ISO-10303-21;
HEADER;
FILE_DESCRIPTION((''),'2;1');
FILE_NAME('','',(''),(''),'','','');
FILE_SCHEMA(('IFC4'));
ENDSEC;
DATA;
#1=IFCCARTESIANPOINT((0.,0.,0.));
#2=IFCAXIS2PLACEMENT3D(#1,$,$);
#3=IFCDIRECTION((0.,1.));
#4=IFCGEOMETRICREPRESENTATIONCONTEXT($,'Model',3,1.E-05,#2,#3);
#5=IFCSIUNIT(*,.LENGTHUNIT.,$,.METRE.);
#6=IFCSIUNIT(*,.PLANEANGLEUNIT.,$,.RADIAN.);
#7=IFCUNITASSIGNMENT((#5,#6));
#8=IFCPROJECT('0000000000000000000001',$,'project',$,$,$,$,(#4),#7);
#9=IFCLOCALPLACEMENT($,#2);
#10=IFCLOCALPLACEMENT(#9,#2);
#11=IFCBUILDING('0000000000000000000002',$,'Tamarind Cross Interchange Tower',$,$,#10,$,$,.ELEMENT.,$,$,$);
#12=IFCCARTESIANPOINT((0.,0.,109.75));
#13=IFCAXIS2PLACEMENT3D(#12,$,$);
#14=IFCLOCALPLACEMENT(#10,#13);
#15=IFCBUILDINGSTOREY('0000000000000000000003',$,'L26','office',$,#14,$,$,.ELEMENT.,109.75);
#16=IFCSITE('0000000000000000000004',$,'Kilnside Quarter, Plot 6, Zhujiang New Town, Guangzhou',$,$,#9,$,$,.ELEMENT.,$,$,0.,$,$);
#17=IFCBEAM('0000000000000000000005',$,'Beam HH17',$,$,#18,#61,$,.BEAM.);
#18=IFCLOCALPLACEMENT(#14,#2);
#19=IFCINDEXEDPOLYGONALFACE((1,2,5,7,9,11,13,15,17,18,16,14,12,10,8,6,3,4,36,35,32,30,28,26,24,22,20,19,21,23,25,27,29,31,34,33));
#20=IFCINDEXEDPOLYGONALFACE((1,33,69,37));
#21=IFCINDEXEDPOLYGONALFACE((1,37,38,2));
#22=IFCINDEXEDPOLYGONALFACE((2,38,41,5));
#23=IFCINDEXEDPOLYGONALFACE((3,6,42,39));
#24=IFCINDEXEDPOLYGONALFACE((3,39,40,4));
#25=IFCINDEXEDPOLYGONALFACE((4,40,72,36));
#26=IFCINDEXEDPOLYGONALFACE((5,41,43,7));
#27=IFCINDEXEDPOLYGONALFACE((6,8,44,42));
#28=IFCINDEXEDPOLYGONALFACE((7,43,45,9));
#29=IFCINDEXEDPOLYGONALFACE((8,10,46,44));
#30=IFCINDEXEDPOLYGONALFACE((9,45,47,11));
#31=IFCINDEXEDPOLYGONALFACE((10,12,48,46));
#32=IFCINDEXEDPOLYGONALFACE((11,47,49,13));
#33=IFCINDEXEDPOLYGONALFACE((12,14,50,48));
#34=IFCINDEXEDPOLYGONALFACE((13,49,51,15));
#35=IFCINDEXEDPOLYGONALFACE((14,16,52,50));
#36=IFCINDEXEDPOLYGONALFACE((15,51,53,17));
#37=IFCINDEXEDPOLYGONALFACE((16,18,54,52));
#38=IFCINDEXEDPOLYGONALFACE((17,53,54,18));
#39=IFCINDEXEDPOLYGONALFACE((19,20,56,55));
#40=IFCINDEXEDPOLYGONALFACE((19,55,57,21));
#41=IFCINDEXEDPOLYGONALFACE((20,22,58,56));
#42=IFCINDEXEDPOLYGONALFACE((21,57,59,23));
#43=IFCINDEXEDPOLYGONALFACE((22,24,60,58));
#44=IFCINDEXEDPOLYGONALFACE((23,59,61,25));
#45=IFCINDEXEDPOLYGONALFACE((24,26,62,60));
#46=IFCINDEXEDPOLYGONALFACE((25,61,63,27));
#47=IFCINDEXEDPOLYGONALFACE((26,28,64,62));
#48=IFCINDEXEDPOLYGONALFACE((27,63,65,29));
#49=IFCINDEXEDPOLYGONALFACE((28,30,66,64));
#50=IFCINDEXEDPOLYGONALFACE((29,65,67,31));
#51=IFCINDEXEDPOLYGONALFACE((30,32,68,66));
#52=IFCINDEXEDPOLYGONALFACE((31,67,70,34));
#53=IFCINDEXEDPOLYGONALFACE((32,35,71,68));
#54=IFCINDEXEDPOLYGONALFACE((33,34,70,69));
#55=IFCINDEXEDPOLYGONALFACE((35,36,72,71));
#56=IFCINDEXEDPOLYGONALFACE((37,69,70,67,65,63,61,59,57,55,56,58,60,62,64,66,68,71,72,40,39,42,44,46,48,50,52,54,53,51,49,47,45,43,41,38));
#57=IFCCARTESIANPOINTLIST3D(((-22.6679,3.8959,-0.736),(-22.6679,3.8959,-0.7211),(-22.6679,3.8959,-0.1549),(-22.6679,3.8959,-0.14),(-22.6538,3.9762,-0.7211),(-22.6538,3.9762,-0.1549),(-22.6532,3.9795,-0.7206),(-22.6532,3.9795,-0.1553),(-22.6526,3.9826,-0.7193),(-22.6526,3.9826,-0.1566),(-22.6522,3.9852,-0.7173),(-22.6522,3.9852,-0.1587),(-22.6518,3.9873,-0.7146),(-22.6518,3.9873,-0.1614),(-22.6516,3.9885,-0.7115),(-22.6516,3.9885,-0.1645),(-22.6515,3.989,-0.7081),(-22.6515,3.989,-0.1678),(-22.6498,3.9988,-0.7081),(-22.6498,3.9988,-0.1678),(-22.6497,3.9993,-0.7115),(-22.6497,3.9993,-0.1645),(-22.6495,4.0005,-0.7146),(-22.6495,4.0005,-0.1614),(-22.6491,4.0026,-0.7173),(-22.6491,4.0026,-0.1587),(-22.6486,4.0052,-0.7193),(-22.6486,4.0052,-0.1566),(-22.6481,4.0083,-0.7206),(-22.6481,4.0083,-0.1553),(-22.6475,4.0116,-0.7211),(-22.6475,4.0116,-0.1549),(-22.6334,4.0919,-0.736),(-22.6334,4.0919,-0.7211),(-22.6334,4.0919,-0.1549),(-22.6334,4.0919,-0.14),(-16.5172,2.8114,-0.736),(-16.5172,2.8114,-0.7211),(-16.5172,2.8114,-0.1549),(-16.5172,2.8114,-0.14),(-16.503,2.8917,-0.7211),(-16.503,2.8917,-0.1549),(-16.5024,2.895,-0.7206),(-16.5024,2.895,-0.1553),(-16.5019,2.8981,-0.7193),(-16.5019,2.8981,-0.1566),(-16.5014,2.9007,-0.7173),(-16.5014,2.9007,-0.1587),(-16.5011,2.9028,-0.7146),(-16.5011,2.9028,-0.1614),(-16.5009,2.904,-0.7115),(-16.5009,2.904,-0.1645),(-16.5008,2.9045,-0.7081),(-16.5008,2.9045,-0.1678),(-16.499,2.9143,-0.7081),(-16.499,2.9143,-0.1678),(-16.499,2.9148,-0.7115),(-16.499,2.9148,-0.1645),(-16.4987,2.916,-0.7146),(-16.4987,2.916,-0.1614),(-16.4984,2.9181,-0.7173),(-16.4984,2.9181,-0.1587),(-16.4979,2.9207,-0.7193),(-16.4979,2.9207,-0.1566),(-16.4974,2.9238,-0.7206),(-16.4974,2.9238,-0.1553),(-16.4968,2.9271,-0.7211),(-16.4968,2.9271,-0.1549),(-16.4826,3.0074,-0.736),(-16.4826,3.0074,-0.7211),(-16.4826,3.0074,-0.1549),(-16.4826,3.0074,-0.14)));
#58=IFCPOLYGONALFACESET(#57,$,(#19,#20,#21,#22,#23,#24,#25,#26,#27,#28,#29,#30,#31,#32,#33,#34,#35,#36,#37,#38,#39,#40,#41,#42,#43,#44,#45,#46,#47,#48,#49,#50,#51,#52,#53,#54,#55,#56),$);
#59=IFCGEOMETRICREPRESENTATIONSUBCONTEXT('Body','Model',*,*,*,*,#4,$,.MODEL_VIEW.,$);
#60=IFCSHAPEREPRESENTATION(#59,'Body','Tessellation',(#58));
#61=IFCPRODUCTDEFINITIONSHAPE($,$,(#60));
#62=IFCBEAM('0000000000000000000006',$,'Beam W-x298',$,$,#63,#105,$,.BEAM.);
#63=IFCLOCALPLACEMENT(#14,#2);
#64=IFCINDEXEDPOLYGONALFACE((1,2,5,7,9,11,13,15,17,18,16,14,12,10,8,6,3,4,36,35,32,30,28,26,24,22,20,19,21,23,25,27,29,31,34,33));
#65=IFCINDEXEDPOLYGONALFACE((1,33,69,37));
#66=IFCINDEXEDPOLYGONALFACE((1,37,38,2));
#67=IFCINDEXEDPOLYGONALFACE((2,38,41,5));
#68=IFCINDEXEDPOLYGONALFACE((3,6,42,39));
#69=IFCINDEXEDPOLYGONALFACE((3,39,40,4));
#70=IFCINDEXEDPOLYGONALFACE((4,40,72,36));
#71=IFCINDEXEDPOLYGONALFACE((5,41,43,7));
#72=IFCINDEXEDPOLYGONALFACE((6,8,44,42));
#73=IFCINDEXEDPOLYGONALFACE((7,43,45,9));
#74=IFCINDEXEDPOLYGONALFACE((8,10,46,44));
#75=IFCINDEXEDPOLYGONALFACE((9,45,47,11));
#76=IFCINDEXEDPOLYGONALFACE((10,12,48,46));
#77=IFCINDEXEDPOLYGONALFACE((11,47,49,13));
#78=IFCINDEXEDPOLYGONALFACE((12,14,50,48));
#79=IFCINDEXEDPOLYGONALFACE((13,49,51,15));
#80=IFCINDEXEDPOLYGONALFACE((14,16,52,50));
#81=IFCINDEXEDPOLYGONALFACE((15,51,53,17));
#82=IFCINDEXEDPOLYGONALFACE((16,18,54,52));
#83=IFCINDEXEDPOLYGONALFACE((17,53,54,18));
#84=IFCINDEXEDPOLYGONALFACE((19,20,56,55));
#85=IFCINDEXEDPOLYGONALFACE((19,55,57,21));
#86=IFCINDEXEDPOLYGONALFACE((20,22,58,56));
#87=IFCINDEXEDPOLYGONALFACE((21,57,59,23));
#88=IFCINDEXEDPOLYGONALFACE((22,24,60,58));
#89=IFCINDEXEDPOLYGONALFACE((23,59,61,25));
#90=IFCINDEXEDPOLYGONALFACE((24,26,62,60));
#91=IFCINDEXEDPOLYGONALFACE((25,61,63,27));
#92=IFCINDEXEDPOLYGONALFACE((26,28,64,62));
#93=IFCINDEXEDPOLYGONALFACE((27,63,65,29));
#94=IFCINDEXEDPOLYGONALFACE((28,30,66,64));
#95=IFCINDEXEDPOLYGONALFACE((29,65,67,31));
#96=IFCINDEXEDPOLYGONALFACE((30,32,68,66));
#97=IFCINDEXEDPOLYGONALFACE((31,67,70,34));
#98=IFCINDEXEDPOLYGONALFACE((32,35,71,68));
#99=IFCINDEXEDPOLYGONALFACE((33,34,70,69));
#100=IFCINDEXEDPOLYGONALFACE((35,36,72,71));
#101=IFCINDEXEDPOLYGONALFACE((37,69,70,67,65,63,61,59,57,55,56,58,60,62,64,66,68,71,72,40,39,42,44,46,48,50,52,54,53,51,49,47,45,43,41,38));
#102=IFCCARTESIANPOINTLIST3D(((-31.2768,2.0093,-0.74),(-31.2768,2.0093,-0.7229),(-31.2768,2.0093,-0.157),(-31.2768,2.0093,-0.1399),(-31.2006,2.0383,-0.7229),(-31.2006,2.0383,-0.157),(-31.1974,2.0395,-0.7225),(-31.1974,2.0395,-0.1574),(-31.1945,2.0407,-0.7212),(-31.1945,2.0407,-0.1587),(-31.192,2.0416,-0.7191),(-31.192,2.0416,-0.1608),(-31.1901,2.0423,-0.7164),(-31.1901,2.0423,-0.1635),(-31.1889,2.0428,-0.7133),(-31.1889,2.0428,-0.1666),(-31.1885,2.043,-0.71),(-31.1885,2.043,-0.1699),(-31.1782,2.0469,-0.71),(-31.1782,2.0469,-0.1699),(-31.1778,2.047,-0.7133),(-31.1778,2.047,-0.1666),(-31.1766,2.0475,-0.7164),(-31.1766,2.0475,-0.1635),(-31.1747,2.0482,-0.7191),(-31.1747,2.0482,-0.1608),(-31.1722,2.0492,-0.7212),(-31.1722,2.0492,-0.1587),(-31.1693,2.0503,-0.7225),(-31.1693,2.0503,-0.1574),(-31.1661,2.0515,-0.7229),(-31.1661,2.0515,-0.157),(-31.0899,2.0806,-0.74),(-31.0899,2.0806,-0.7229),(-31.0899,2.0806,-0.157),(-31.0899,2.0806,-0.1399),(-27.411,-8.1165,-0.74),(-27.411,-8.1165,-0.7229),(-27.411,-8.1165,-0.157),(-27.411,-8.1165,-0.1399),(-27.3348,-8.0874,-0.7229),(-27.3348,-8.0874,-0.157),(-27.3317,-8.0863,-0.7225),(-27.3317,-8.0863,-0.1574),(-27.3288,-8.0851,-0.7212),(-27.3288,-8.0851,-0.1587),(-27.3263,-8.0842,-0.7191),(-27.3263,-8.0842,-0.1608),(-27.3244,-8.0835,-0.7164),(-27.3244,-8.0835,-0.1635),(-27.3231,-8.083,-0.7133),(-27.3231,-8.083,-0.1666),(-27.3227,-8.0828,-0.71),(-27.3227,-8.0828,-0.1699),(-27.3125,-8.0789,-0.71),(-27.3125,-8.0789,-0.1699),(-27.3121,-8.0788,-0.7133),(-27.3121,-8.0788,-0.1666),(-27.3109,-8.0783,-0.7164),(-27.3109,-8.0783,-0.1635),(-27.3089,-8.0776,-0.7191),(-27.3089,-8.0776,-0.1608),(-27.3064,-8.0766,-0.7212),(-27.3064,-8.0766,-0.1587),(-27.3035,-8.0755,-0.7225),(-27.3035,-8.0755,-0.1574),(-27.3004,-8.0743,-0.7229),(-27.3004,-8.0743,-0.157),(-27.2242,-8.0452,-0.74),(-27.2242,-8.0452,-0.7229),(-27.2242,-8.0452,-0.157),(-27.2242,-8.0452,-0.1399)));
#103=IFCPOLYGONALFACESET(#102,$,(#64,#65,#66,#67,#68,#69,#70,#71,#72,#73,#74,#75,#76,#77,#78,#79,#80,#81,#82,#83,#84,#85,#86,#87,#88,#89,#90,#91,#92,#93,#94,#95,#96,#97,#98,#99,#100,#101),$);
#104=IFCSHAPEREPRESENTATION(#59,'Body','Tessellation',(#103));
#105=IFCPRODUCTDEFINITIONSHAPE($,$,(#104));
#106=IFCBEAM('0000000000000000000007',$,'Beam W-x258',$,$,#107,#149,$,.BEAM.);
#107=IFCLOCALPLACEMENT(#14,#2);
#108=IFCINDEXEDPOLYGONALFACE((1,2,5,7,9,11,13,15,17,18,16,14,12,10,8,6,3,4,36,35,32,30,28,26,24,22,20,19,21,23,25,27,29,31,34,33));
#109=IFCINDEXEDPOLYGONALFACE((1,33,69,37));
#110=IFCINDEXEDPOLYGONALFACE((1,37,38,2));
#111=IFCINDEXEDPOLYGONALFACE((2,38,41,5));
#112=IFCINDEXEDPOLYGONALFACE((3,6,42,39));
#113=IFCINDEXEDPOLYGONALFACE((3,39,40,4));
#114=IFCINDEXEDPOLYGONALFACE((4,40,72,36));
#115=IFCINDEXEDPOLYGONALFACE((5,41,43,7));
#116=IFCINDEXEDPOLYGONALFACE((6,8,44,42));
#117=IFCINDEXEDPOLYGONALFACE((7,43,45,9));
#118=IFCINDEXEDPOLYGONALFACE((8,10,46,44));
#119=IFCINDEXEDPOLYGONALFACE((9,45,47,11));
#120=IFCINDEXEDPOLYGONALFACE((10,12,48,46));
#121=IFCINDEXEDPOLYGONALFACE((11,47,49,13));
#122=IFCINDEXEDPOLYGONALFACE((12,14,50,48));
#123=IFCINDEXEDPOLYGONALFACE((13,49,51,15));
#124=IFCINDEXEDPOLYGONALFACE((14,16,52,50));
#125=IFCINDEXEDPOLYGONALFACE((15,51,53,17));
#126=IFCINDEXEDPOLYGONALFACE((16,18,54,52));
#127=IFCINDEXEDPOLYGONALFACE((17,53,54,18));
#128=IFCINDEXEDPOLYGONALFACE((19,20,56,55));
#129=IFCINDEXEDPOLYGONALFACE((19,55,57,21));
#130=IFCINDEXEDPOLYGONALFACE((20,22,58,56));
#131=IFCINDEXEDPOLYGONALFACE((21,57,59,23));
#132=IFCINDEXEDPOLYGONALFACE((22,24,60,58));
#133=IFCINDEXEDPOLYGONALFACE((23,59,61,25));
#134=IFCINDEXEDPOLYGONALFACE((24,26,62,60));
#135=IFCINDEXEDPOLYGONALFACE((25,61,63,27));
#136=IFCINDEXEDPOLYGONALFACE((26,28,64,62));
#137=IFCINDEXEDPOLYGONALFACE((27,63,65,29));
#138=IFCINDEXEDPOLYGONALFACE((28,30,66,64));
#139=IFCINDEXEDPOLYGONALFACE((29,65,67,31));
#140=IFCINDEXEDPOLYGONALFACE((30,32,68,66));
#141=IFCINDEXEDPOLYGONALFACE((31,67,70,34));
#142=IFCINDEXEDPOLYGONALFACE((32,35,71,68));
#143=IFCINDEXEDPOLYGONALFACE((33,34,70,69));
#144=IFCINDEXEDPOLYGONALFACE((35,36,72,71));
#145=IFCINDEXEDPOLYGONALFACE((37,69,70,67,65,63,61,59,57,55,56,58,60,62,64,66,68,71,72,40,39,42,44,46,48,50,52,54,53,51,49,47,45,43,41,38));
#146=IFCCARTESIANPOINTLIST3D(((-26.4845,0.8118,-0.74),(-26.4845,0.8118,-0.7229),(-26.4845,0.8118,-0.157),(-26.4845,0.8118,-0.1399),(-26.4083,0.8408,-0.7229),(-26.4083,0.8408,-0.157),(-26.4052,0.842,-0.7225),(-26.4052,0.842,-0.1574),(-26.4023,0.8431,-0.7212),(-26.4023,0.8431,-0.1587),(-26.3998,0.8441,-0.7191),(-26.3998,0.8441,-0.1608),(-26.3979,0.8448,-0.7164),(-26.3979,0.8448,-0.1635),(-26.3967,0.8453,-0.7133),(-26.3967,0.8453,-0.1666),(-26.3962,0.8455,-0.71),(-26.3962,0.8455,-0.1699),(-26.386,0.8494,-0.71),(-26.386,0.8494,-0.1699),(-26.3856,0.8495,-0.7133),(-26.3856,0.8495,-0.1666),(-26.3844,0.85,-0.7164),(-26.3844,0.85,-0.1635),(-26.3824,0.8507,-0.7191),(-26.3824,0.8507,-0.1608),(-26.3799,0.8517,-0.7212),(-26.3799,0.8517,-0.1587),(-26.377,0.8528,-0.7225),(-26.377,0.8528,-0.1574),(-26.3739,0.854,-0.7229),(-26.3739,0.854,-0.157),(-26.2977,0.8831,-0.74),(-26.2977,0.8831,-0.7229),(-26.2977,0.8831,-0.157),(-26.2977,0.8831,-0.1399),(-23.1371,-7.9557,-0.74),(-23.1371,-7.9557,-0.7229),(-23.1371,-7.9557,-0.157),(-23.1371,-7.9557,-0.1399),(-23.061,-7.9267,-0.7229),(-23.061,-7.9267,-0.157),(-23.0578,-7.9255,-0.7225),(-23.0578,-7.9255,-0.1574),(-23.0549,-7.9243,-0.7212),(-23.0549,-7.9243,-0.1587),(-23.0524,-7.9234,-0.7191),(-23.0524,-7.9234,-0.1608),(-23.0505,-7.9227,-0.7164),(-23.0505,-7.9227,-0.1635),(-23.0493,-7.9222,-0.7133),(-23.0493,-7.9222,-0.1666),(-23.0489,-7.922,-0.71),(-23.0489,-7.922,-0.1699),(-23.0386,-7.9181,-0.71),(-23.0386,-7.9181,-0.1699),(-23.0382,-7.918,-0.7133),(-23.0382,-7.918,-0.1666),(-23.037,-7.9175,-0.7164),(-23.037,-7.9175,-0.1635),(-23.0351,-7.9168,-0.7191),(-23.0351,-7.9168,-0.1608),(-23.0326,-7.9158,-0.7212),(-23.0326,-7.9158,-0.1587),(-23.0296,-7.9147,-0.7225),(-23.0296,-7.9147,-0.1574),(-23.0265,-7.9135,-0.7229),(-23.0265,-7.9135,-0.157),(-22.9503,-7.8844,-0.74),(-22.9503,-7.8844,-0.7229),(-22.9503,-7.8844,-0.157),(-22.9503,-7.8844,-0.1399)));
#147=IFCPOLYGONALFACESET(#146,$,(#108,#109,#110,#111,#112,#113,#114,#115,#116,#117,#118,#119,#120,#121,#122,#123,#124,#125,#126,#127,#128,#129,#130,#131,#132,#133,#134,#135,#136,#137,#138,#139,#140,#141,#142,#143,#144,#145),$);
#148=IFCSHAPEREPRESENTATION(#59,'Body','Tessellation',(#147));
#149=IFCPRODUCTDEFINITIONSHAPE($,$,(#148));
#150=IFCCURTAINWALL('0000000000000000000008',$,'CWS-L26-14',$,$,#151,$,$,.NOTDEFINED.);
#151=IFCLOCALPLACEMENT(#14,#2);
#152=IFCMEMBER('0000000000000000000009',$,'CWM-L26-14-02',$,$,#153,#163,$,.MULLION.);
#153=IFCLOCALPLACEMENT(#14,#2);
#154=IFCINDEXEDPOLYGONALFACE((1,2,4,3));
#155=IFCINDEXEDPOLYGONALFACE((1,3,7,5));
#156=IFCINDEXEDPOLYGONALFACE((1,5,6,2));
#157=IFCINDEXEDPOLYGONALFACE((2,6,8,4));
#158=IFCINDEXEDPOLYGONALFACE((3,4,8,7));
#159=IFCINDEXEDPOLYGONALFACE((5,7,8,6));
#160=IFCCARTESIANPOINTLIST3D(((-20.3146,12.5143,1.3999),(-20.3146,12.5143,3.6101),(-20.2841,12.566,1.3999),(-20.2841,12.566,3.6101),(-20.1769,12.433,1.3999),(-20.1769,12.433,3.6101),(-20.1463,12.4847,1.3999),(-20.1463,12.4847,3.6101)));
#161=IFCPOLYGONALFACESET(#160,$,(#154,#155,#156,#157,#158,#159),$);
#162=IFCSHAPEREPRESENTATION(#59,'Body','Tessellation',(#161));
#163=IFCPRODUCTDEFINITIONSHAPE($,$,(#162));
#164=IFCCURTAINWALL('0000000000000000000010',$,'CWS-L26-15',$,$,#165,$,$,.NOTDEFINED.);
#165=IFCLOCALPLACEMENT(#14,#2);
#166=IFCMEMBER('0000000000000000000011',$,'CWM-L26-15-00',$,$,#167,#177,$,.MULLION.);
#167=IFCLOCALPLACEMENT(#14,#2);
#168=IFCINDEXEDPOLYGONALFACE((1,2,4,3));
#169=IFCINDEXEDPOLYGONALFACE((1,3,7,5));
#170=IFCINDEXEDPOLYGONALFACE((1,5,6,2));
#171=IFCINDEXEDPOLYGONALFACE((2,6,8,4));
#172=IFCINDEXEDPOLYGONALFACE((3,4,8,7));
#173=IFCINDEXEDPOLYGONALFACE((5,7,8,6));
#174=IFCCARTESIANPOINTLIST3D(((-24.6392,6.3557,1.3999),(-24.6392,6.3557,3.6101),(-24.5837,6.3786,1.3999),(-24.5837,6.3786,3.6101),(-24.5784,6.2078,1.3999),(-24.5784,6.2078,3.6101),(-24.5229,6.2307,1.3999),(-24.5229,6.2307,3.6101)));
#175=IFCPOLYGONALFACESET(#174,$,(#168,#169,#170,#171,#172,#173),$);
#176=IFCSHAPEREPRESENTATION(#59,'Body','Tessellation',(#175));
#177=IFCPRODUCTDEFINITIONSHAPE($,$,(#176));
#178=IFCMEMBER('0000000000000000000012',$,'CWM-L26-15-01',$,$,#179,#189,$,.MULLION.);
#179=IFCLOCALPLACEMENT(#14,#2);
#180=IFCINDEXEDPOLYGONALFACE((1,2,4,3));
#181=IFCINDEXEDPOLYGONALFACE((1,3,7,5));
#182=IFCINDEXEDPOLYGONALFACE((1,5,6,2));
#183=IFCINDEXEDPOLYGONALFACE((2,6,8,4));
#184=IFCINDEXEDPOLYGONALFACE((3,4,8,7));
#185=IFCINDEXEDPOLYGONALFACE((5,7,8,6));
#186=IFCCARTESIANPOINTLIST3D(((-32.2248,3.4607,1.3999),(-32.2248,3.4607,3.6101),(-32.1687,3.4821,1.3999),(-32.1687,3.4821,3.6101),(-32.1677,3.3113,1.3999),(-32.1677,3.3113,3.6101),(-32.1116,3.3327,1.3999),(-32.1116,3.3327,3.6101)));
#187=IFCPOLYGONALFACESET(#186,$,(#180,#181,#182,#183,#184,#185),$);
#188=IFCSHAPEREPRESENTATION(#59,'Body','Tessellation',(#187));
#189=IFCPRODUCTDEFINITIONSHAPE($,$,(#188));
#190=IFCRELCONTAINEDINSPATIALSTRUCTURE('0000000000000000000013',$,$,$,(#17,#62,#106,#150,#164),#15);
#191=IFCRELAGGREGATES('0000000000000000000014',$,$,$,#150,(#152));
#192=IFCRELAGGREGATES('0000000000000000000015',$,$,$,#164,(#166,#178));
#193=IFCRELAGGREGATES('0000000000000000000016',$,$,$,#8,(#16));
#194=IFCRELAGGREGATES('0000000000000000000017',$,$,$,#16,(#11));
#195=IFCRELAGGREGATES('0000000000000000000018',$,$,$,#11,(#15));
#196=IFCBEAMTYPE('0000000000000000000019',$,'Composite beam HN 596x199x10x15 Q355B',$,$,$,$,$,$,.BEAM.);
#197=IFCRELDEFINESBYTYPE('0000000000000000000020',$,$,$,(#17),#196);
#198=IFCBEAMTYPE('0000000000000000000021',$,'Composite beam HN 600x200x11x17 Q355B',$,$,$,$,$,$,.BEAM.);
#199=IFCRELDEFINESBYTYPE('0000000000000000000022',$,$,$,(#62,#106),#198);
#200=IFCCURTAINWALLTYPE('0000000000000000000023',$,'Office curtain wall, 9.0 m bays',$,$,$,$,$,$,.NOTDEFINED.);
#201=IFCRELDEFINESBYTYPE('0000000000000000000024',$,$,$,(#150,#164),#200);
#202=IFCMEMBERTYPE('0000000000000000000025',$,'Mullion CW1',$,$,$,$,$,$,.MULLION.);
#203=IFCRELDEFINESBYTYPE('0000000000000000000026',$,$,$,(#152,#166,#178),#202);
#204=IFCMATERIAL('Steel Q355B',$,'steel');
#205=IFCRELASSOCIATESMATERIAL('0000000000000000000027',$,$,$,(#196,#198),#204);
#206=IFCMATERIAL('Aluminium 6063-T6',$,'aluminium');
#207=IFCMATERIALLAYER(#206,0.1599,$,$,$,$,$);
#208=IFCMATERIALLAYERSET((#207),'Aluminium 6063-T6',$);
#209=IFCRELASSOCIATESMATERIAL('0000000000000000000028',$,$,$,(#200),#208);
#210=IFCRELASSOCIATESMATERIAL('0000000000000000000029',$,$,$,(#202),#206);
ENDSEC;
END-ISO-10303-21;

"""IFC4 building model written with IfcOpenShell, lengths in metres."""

from ifc_helpers import new_model, si_unit, direction, frame, origin, origin_2d, place, context, subcontext, project, spatial, rectangle, i_section, extrude, material, layer, layer_set, material_profile, profile_set, type_object, element, aggregate, save


model = new_model("IFC4")

# Units and contexts
model_context = context("Model", 3, precision=1e-05, world=origin(), true_north=direction((0.0, 1.0)))
body_context = subcontext(model_context, "Body", "Model", "MODEL_VIEW")
ifc_project = project(units=[si_unit("LENGTHUNIT", "METRE"), si_unit("PLANEANGLEUNIT", "RADIAN")], contexts=[model_context])

# Site, building, storey
site_placement = place(None, origin())
site = spatial("IfcSite", under=ifc_project, at=site_placement, Name="Kilnside Quarter, Plot 6, Zhujiang New Town, Guangzhou", CompositionType="ELEMENT", RefElevation=0.0)
building_placement = place(site_placement, origin())
building = spatial("IfcBuilding", under=site, at=building_placement, Name="Tamarind Cross Interchange Tower", CompositionType="ELEMENT")
storey_placement = place(building_placement, frame((0.0, 0.0, 109.75)))
storey = spatial("IfcBuildingStorey", under=building, at=storey_placement, Name="L26", Description="office", CompositionType="ELEMENT", Elevation=109.75)

# Beams
ifc_material_1 = material(Name="Steel Q355B", Category="steel")
ifc_material_profile_1 = material_profile(ifc_material_1, i_section(OverallWidth=0.199, OverallDepth=0.5959, WebThickness=0.01, FlangeThickness=0.0149, FilletRadius=0.0129, at=origin_2d()), Name="HN 596x199x10x15")
ifc_profile_set_1 = profile_set([ifc_material_profile_1], Name="Steel Q355B")
beam_type_1 = type_object("IfcBeamType", Name="Composite beam HN 596x199x10x15 Q355B", PredefinedType="BEAM", material=ifc_profile_set_1)
beam_1_placement = place(storey_placement, frame((-22.6506, 3.9939, -0.438), z_axis=(0.984809, -0.17364, 0.0), x_axis=(0.17364, 0.984809, 0.0)))
element("IfcBeam", 1, at=beam_1_placement, inside=storey, type_object=beam_type_1, Name="Beam HH17", PredefinedType="BEAM", context=body_context, shape_type="SweptSolid", body=[
    extrude(i_section(OverallWidth=0.199, OverallDepth=0.5959, WebThickness=0.01, FlangeThickness=0.0149, FilletRadius=0.0129, at=origin_2d()), origin(), (0.0, 0.0, 1.0), 6.2456),
])
ifc_material_profile_2 = material_profile(ifc_material_1, i_section(OverallWidth=0.2, OverallDepth=0.6001, WebThickness=0.011, FlangeThickness=0.0171, FilletRadius=0.0129, at=origin_2d()), Name="HN 600x200x11x17")
ifc_profile_set_2 = profile_set([ifc_material_profile_2], Name="Steel Q355B")
beam_type_2 = type_object("IfcBeamType", Name="Composite beam HN 600x200x11x17 Q355B", PredefinedType="BEAM", material=ifc_profile_set_2)
beam_2_placement = place(storey_placement, frame((-31.1833, 2.0449, -0.4399), z_axis=(0.356664, -0.934233, 0.0), x_axis=(0.934233, 0.356664, 0.0)))
element("IfcBeam", 2, at=beam_2_placement, inside=storey, type_object=beam_type_2, Name="Beam W-x298", PredefinedType="BEAM", context=body_context, shape_type="SweptSolid", body=[
    extrude(i_section(OverallWidth=0.2, OverallDepth=0.6001, WebThickness=0.011, FlangeThickness=0.0171, FilletRadius=0.0129, at=origin_2d()), origin(), (0.0, 0.0, 1.0), 10.8386),
])
beam_3_placement = place(storey_placement, frame((-26.3911, 0.8474, -0.4399), z_axis=(0.356682, -0.934226, 0.0), x_axis=(0.934226, 0.356682, 0.0)))
element("IfcBeam", 3, at=beam_3_placement, inside=storey, type_object=beam_type_2, Name="Beam W-x258", PredefinedType="BEAM", context=body_context, shape_type="SweptSolid", body=[
    extrude(i_section(OverallWidth=0.2, OverallDepth=0.6001, WebThickness=0.011, FlangeThickness=0.0171, FilletRadius=0.0129, at=origin_2d()), origin(), (0.0, 0.0, 1.0), 9.3848),
])

# Curtain wall, member
ifc_material_2 = material(Name="Aluminium 6063-T6", Category="aluminium")
ifc_layer_1 = layer(ifc_material_2, 0.1599)
ifc_layer_set_1 = layer_set([ifc_layer_1], Name="Aluminium 6063-T6")
curtain_wall_type = type_object("IfcCurtainWallType", Name="Office curtain wall, 9.0 m bays", PredefinedType="NOTDEFINED", material=ifc_layer_set_1)
curtain_wall_1_placement = place(storey_placement, origin())
curtain_wall_1 = element("IfcCurtainWall", 4, at=curtain_wall_1_placement, inside=storey, type_object=curtain_wall_type, Name="CWS-L26-14", PredefinedType="NOTDEFINED")
ifc_material_profile_3 = material_profile(ifc_material_2, rectangle(XDim=0.0601, YDim=0.1599, at=origin_2d()), Name="Mullion CW1")
ifc_profile_set_3 = profile_set([ifc_material_profile_3], Name="Aluminium 6063-T6")
member_type = type_object("IfcMemberType", Name="Mullion CW1", PredefinedType="MULLION", material=ifc_profile_set_3)
member_1_placement = place(storey_placement, frame((-20.2305, 12.4995, 1.3999), z_axis=(0.0, 0.0, 1.0), x_axis=(-0.508183, -0.861249, 0.0)))
member_1 = element("IfcMember", 5, at=member_1_placement, type_object=member_type, Name="CWM-L26-14-02", PredefinedType="MULLION", context=body_context, shape_type="SweptSolid", body=[
    extrude(rectangle(XDim=0.0601, YDim=0.1599, at=origin_2d()), origin(), (0.0, 0.0, 1.0), 2.2102),
])
aggregate(curtain_wall_1, [member_1])

# Curtain wall, members
curtain_wall_2_placement = place(storey_placement, origin())
curtain_wall_2 = element("IfcCurtainWall", 6, at=curtain_wall_2_placement, inside=storey, type_object=curtain_wall_type, Name="CWS-L26-15", PredefinedType="NOTDEFINED")
member_2_placement = place(storey_placement, frame((-24.5811, 6.2932, 1.3999), z_axis=(0.0, 0.0, 1.0), x_axis=(-0.924918, -0.380165, 0.0)))
member_2 = element("IfcMember", 7, at=member_2_placement, type_object=member_type, Name="CWM-L26-15-00", PredefinedType="MULLION", context=body_context, shape_type="SweptSolid", body=[
    extrude(rectangle(XDim=0.0601, YDim=0.1599, at=origin_2d()), origin(), (0.0, 0.0, 1.0), 2.2102),
])
member_3_placement = place(storey_placement, frame((-32.1682, 3.3967, 1.3999), z_axis=(0.0, 0.0, 1.0), x_axis=(-0.934229, -0.356673, 0.0)))
member_3 = element("IfcMember", 8, at=member_3_placement, type_object=member_type, Name="CWM-L26-15-01", PredefinedType="MULLION", context=body_context, shape_type="SweptSolid", body=[
    extrude(rectangle(XDim=0.0601, YDim=0.1599, at=origin_2d()), origin(), (0.0, 0.0, 1.0), 2.2102),
])
aggregate(curtain_wall_2, [member_2, member_3])

save(model, "model.ifc")
